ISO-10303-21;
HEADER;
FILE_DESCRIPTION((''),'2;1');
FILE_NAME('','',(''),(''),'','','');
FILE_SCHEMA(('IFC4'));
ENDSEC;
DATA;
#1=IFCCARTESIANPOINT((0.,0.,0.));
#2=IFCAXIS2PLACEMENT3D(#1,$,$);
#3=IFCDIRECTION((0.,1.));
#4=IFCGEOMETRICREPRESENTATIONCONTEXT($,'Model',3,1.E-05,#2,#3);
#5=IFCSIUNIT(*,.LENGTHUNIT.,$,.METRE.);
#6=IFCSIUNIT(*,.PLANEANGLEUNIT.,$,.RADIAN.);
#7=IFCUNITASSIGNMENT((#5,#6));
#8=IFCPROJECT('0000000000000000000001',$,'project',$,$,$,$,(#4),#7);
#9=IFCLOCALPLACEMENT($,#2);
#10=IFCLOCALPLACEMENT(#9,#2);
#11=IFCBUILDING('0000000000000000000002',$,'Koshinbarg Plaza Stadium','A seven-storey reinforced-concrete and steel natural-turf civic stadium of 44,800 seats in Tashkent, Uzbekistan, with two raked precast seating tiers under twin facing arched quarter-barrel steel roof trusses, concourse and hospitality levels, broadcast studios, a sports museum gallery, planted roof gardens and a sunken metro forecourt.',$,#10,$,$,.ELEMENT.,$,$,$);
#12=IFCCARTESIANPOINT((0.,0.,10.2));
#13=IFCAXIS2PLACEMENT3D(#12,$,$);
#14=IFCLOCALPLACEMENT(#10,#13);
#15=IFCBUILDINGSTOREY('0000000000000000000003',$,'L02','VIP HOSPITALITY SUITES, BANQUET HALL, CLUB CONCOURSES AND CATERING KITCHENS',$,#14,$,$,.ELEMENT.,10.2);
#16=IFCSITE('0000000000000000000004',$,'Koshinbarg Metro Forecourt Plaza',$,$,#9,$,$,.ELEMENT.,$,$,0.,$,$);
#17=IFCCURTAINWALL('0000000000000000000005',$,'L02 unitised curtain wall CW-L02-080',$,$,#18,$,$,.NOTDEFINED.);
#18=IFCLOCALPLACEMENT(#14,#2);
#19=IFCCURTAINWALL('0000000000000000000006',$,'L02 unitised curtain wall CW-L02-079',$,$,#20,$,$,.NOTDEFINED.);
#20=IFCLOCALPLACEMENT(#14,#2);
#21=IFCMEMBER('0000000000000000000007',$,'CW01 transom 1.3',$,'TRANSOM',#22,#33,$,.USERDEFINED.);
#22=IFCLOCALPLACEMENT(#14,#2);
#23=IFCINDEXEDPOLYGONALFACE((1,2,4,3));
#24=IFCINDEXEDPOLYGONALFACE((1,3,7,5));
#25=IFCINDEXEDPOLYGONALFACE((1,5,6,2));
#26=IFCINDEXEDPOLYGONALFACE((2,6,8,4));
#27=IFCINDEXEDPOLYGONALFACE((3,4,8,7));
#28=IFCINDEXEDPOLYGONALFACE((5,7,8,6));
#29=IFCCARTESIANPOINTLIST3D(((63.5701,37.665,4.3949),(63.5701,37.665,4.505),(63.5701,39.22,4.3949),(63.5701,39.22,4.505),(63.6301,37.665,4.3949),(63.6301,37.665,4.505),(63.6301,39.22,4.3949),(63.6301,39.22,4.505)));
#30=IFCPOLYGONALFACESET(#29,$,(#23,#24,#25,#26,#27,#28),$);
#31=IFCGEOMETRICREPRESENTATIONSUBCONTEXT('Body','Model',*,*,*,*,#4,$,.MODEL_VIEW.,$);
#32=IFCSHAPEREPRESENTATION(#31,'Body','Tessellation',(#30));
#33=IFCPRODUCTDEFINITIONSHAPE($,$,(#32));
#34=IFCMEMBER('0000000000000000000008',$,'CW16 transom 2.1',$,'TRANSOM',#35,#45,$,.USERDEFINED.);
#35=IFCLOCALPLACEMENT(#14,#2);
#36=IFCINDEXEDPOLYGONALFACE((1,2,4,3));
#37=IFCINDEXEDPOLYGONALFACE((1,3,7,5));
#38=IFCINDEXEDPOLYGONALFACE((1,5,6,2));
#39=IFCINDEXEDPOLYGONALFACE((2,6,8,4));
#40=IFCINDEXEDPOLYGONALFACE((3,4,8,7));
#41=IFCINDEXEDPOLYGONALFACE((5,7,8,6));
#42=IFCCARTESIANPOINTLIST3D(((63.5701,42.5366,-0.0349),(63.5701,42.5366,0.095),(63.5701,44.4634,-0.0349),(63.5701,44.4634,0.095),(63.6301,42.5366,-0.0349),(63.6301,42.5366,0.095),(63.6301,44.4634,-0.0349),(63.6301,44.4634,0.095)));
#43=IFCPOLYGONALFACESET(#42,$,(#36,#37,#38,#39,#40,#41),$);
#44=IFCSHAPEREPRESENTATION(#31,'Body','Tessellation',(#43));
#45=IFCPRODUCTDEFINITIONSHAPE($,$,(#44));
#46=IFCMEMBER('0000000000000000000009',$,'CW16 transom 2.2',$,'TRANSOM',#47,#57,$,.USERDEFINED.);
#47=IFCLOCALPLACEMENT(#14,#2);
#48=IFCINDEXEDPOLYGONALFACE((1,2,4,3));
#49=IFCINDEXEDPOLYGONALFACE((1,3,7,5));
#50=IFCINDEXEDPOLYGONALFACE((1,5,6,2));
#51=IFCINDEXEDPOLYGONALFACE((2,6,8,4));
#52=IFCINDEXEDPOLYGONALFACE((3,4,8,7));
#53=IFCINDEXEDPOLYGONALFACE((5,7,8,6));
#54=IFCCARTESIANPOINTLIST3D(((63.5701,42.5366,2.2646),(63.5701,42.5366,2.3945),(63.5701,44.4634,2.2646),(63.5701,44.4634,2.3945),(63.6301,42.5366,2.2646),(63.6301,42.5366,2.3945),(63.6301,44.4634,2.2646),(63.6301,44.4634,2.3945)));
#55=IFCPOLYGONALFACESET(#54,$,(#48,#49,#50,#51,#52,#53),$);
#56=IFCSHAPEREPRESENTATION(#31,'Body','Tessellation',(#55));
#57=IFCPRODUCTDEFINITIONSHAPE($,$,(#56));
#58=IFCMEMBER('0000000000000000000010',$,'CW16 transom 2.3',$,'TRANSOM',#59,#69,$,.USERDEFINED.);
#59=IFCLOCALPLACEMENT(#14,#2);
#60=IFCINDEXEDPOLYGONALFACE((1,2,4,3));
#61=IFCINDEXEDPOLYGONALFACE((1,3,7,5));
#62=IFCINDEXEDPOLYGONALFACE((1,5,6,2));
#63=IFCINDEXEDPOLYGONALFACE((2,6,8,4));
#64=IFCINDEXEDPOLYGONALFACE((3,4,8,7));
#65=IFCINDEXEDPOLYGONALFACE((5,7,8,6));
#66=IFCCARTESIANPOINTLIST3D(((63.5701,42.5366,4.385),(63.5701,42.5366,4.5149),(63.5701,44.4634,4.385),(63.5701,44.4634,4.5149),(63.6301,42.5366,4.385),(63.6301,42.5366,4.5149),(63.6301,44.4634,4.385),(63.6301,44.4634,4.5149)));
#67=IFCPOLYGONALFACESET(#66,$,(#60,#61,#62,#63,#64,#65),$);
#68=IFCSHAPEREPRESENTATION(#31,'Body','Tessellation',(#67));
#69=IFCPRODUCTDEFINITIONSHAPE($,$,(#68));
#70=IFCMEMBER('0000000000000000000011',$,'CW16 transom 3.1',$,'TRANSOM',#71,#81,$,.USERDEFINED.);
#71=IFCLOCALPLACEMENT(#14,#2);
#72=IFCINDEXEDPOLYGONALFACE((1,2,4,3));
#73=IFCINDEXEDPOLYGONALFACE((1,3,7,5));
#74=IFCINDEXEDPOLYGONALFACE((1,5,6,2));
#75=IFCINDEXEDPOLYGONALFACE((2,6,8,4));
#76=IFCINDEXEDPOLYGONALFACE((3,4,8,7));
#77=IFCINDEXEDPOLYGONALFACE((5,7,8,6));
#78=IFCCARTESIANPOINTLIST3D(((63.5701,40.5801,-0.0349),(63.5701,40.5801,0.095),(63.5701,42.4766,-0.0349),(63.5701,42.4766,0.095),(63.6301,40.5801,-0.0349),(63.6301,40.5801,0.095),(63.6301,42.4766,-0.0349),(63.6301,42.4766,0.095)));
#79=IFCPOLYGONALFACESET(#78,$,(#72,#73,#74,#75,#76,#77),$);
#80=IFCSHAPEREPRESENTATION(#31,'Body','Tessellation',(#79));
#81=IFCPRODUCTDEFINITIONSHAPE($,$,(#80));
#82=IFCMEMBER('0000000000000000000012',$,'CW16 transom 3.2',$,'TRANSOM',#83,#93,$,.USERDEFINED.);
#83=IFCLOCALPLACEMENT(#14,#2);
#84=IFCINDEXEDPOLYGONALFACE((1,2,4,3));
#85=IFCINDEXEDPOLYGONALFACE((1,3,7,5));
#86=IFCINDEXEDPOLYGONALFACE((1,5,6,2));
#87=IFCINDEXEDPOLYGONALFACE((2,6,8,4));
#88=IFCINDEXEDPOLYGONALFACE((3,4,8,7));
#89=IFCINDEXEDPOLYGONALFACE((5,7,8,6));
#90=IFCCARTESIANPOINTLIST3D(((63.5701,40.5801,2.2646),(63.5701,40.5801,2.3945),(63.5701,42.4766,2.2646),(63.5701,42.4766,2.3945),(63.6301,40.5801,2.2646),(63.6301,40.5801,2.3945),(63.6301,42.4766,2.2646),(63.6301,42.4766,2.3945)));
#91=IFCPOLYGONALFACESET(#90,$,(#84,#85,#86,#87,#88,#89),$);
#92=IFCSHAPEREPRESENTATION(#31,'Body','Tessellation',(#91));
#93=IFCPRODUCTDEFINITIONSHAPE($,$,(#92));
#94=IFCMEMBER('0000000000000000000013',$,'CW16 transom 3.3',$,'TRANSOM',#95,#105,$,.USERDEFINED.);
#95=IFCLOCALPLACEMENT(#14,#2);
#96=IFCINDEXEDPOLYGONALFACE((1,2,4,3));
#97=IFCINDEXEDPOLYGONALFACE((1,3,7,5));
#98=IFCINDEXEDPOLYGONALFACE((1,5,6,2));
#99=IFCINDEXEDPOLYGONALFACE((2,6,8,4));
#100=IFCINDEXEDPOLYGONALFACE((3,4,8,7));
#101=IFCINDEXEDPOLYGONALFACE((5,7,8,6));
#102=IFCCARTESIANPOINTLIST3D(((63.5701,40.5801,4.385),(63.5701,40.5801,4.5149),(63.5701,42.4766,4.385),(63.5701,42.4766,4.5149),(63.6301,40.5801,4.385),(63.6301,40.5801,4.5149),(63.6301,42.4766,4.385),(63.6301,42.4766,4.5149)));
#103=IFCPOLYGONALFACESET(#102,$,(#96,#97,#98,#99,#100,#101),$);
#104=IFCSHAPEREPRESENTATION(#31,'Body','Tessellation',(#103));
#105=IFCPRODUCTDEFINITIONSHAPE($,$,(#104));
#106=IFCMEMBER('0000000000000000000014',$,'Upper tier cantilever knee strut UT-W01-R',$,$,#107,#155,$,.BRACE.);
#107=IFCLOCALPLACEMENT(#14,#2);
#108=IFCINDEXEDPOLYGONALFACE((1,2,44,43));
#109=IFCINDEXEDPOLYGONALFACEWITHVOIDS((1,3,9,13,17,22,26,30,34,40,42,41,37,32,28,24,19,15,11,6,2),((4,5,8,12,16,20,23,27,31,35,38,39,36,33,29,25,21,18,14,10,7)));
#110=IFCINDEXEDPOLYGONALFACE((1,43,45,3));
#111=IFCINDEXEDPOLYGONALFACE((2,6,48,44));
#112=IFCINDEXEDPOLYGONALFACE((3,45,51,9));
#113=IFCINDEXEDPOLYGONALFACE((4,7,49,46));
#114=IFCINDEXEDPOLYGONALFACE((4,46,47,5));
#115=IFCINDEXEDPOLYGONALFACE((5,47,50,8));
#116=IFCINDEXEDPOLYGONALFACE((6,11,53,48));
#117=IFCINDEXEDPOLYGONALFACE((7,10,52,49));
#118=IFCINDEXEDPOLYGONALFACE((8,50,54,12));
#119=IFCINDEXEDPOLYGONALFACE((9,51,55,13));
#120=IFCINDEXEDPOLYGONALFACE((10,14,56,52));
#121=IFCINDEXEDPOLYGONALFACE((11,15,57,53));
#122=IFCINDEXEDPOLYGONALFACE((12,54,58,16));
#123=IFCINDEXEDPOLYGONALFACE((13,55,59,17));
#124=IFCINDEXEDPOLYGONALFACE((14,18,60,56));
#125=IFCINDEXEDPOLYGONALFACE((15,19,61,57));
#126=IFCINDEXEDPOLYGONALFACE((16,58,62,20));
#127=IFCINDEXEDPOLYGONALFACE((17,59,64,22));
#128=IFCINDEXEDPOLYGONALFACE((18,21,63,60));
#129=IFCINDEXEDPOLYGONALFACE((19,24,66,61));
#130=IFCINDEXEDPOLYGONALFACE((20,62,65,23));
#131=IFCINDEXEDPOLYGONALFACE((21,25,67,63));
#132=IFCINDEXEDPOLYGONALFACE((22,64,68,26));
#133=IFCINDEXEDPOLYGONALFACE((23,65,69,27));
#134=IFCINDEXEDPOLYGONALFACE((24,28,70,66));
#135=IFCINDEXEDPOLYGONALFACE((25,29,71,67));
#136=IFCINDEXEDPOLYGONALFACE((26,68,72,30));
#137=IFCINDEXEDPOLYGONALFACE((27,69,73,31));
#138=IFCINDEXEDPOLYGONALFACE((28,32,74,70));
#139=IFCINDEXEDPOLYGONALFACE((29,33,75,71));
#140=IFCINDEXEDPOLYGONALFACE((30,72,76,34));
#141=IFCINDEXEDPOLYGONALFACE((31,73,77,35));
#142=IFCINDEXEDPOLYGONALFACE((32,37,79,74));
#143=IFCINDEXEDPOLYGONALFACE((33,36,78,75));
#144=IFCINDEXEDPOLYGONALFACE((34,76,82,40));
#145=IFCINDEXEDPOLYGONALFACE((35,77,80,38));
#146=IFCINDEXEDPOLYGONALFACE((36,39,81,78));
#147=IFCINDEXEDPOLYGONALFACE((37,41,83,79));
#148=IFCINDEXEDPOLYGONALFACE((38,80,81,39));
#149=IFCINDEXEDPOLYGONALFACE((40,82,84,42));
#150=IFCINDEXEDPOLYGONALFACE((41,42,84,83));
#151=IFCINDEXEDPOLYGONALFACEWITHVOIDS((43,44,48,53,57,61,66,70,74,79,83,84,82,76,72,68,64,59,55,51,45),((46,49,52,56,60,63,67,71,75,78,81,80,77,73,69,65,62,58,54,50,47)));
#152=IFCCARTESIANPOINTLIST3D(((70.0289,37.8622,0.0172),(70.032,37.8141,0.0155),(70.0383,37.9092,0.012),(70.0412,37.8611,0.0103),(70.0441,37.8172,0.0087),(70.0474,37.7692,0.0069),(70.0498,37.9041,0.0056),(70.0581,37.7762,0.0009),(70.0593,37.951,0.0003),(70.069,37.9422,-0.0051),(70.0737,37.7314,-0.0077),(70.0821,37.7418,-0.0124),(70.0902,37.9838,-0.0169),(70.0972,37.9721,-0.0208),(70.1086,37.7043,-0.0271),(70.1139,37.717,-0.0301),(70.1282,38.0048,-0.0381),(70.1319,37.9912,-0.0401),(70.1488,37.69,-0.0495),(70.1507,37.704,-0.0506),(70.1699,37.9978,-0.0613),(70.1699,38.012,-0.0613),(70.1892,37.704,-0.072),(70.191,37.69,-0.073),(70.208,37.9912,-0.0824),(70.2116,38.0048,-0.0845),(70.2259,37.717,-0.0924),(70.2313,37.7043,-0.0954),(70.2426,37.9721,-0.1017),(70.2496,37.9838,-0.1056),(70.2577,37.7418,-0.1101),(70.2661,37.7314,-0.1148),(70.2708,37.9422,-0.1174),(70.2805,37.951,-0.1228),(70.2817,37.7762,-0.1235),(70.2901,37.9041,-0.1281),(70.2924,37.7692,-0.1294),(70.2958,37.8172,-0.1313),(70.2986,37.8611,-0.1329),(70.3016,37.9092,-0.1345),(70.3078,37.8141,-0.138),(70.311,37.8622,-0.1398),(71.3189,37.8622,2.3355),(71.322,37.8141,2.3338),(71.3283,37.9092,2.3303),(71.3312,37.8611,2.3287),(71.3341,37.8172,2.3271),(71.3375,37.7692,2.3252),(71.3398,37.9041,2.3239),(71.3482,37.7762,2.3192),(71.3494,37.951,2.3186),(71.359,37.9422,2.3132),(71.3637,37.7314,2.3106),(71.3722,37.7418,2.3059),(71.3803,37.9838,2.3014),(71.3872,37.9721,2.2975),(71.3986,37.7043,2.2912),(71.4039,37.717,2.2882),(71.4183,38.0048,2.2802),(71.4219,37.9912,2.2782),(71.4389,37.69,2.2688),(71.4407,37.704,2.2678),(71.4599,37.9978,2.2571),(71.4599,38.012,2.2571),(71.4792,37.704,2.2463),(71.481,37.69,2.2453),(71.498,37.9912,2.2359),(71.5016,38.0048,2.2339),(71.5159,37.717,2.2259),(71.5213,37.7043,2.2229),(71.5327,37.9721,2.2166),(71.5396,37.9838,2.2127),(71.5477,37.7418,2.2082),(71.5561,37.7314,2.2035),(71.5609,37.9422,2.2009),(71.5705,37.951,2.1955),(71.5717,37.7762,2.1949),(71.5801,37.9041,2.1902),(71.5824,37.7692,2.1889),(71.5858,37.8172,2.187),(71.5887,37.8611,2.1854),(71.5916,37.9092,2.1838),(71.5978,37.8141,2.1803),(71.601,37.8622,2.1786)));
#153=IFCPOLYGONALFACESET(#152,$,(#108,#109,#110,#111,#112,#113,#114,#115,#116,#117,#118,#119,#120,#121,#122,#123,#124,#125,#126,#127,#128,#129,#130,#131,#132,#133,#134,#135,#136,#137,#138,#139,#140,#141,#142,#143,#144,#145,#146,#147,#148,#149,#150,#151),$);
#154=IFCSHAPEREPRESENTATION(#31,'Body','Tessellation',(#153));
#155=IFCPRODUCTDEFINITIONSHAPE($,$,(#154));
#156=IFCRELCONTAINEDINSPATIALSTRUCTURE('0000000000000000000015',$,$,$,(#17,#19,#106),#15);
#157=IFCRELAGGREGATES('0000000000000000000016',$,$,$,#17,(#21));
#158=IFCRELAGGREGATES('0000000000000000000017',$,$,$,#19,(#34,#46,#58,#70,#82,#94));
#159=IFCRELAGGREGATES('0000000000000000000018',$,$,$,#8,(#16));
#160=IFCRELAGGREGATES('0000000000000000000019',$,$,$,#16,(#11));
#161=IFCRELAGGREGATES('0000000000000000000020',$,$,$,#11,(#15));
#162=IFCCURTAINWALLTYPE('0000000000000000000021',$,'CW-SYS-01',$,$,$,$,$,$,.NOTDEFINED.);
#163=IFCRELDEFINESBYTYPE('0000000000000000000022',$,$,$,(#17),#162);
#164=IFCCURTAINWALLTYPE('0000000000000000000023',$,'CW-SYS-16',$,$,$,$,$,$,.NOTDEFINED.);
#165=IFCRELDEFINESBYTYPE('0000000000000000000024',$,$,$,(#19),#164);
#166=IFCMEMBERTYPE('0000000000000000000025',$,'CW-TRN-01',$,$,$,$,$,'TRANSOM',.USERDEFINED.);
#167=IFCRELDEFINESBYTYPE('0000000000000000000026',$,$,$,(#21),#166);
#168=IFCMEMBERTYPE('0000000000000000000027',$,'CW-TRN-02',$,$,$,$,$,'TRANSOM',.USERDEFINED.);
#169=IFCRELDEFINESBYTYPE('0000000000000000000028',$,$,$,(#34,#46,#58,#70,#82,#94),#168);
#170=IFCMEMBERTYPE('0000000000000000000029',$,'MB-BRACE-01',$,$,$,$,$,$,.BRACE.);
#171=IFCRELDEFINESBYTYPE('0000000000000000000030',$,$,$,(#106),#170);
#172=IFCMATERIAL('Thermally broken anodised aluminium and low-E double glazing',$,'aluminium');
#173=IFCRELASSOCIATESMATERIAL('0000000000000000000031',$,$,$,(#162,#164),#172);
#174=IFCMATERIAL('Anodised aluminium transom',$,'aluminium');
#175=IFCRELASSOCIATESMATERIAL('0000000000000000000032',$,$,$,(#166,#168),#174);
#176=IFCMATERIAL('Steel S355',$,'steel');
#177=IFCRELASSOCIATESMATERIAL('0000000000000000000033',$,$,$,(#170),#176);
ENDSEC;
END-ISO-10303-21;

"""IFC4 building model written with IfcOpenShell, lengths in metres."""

from ifc_helpers import new_model, si_unit, direction, frame, origin, origin_2d, place, context, subcontext, project, spatial, rectangle, hollow_circle, extrude, material, material_profile, profile_set, type_object, element, aggregate, save


model = new_model("IFC4")

# Units and contexts
model_context = context("Model", 3, precision=1e-05, world=origin(), true_north=direction((0.0, 1.0)))
body_context = subcontext(model_context, "Body", "Model", "MODEL_VIEW")
ifc_project = project(units=[si_unit("LENGTHUNIT", "METRE"), si_unit("PLANEANGLEUNIT", "RADIAN")], contexts=[model_context])

# Site, building, storey
site_placement = place(None, origin())
site = spatial("IfcSite", under=ifc_project, at=site_placement, Name="Koshinbarg Metro Forecourt Plaza", CompositionType="ELEMENT", RefElevation=0.0)
building_placement = place(site_placement, origin())
building = spatial("IfcBuilding", under=site, at=building_placement, Name="Koshinbarg Plaza Stadium", Description="A seven-storey reinforced-concrete and steel natural-turf civic stadium of 44,800 seats in Tashkent, Uzbekistan, with two raked precast seating tiers under twin facing arched quarter-barrel steel roof trusses, concourse and hospitality levels, broadcast studios, a sports museum gallery, planted roof gardens and a sunken metro forecourt.", CompositionType="ELEMENT")
storey_placement = place(building_placement, frame((0.0, 0.0, 10.2)))
storey = spatial("IfcBuildingStorey", under=building, at=storey_placement, Name="L02", Description="VIP HOSPITALITY SUITES, BANQUET HALL, CLUB CONCOURSES AND CATERING KITCHENS", CompositionType="ELEMENT", Elevation=10.2)

# Curtain walls
ifc_material_1 = material(Name="Thermally broken anodised aluminium and low-E double glazing", Category="aluminium")
curtain_wall_type_1 = type_object("IfcCurtainWallType", Name="CW-SYS-01", PredefinedType="NOTDEFINED", material=ifc_material_1)
curtain_wall_1_placement = place(storey_placement, origin())
curtain_wall_1 = element("IfcCurtainWall", 1, at=curtain_wall_1_placement, inside=storey, type_object=curtain_wall_type_1, Name="L02 unitised curtain wall CW-L02-080", PredefinedType="NOTDEFINED")
curtain_wall_type_2 = type_object("IfcCurtainWallType", Name="CW-SYS-16", PredefinedType="NOTDEFINED", material=ifc_material_1)
curtain_wall_2_placement = place(storey_placement, origin())
curtain_wall_2 = element("IfcCurtainWall", 2, at=curtain_wall_2_placement, inside=storey, type_object=curtain_wall_type_2, Name="L02 unitised curtain wall CW-L02-079", PredefinedType="NOTDEFINED")

# Members
ifc_material_2 = material(Name="Anodised aluminium transom", Category="aluminium")
ifc_material_profile_1 = material_profile(ifc_material_2, rectangle(XDim=0.0601, YDim=0.1101, at=origin_2d()), Name="ALU 60x110")
ifc_profile_set_1 = profile_set([ifc_material_profile_1], Name="Anodised aluminium transom")
member_type_1 = type_object("IfcMemberType", Name="CW-TRN-01", ElementType="TRANSOM", PredefinedType="USERDEFINED", material=ifc_profile_set_1)
member_1_placement = place(storey_placement, frame((63.6001, 39.22, 4.45), z_axis=(0.0, -1.0, 0.0), x_axis=(1.0, 0.0, 0.0)))
member_1 = element("IfcMember", 3, at=member_1_placement, type_object=member_type_1, Name="CW01 transom 1.3", ObjectType="TRANSOM", PredefinedType="USERDEFINED", context=body_context, shape_type="SweptSolid", body=[
    extrude(rectangle(XDim=0.0601, YDim=0.1101, at=origin_2d()), origin(), (0.0, 0.0, 1.0), 1.5549),
])
ifc_material_profile_2 = material_profile(ifc_material_2, rectangle(XDim=0.0601, YDim=0.1299, at=origin_2d()), Name="ALU 60x130")
ifc_profile_set_2 = profile_set([ifc_material_profile_2], Name="Anodised aluminium transom")
member_type_2 = type_object("IfcMemberType", Name="CW-TRN-02", ElementType="TRANSOM", PredefinedType="USERDEFINED", material=ifc_profile_set_2)
member_2_placement = place(storey_placement, frame((63.6001, 44.4634, 0.03), z_axis=(0.0, -1.0, 0.0), x_axis=(1.0, 0.0, 0.0)))
member_2 = element("IfcMember", 4, at=member_2_placement, type_object=member_type_2, Name="CW16 transom 2.1", ObjectType="TRANSOM", PredefinedType="USERDEFINED", context=body_context, shape_type="SweptSolid", body=[
    extrude(rectangle(XDim=0.0601, YDim=0.1299, at=origin_2d()), origin(), (0.0, 0.0, 1.0), 1.9268),
])
member_3_placement = place(storey_placement, frame((63.6001, 44.4634, 2.3296), z_axis=(0.0, -1.0, 0.0), x_axis=(1.0, 0.0, 0.0)))
member_3 = element("IfcMember", 5, at=member_3_placement, type_object=member_type_2, Name="CW16 transom 2.2", ObjectType="TRANSOM", PredefinedType="USERDEFINED", context=body_context, shape_type="SweptSolid", body=[
    extrude(rectangle(XDim=0.0601, YDim=0.1299, at=origin_2d()), origin(), (0.0, 0.0, 1.0), 1.9268),
])
member_4_placement = place(storey_placement, frame((63.6001, 44.4634, 4.45), z_axis=(0.0, -1.0, 0.0), x_axis=(1.0, 0.0, 0.0)))
member_4 = element("IfcMember", 6, at=member_4_placement, type_object=member_type_2, Name="CW16 transom 2.3", ObjectType="TRANSOM", PredefinedType="USERDEFINED", context=body_context, shape_type="SweptSolid", body=[
    extrude(rectangle(XDim=0.0601, YDim=0.1299, at=origin_2d()), origin(), (0.0, 0.0, 1.0), 1.9268),
])
member_5_placement = place(storey_placement, frame((63.6001, 42.4766, 0.03), z_axis=(0.0, -1.0, 0.0), x_axis=(1.0, 0.0, 0.0)))
member_5 = element("IfcMember", 7, at=member_5_placement, type_object=member_type_2, Name="CW16 transom 3.1", ObjectType="TRANSOM", PredefinedType="USERDEFINED", context=body_context, shape_type="SweptSolid", body=[
    extrude(rectangle(XDim=0.0601, YDim=0.1299, at=origin_2d()), origin(), (0.0, 0.0, 1.0), 1.8965),
])
member_6_placement = place(storey_placement, frame((63.6001, 42.4766, 2.3296), z_axis=(0.0, -1.0, 0.0), x_axis=(1.0, 0.0, 0.0)))
member_6 = element("IfcMember", 8, at=member_6_placement, type_object=member_type_2, Name="CW16 transom 3.2", ObjectType="TRANSOM", PredefinedType="USERDEFINED", context=body_context, shape_type="SweptSolid", body=[
    extrude(rectangle(XDim=0.0601, YDim=0.1299, at=origin_2d()), origin(), (0.0, 0.0, 1.0), 1.8965),
])
member_7_placement = place(storey_placement, frame((63.6001, 42.4766, 4.45), z_axis=(0.0, -1.0, 0.0), x_axis=(1.0, 0.0, 0.0)))
member_7 = element("IfcMember", 9, at=member_7_placement, type_object=member_type_2, Name="CW16 transom 3.3", ObjectType="TRANSOM", PredefinedType="USERDEFINED", context=body_context, shape_type="SweptSolid", body=[
    extrude(rectangle(XDim=0.0601, YDim=0.1299, at=origin_2d()), origin(), (0.0, 0.0, 1.0), 1.8965),
])

# Member
ifc_material_3 = material(Name="Steel S355", Category="steel")
ifc_material_profile_3 = material_profile(ifc_material_3, hollow_circle(Radius=0.1619, WallThickness=0.0142, at=origin_2d()), Name="CHS 323.9x14.2")
ifc_profile_set_3 = profile_set([ifc_material_profile_3], Name="Steel S355")
member_type_3 = type_object("IfcMemberType", Name="MB-BRACE-01", PredefinedType="BRACE", material=ifc_profile_set_3)
member_8_placement = place(storey_placement, frame((70.1699, 37.8501, -0.0613), z_axis=(0.486237, 0.0, 0.873827), x_axis=(0.0, 1.0, 0.0)))
element("IfcMember", 10, at=member_8_placement, inside=storey, type_object=member_type_3, Name="Upper tier cantilever knee strut UT-W01-R", PredefinedType="BRACE", context=body_context, shape_type="SweptSolid", body=[
    extrude(hollow_circle(Radius=0.1619, WallThickness=0.0142, at=origin_2d()), origin(), (0.0, 0.0, 1.0), 2.6531),
])

aggregate(curtain_wall_1, [member_1])
aggregate(curtain_wall_2, [member_2, member_3, member_4, member_5, member_6, member_7])

save(model, "model.ifc")
